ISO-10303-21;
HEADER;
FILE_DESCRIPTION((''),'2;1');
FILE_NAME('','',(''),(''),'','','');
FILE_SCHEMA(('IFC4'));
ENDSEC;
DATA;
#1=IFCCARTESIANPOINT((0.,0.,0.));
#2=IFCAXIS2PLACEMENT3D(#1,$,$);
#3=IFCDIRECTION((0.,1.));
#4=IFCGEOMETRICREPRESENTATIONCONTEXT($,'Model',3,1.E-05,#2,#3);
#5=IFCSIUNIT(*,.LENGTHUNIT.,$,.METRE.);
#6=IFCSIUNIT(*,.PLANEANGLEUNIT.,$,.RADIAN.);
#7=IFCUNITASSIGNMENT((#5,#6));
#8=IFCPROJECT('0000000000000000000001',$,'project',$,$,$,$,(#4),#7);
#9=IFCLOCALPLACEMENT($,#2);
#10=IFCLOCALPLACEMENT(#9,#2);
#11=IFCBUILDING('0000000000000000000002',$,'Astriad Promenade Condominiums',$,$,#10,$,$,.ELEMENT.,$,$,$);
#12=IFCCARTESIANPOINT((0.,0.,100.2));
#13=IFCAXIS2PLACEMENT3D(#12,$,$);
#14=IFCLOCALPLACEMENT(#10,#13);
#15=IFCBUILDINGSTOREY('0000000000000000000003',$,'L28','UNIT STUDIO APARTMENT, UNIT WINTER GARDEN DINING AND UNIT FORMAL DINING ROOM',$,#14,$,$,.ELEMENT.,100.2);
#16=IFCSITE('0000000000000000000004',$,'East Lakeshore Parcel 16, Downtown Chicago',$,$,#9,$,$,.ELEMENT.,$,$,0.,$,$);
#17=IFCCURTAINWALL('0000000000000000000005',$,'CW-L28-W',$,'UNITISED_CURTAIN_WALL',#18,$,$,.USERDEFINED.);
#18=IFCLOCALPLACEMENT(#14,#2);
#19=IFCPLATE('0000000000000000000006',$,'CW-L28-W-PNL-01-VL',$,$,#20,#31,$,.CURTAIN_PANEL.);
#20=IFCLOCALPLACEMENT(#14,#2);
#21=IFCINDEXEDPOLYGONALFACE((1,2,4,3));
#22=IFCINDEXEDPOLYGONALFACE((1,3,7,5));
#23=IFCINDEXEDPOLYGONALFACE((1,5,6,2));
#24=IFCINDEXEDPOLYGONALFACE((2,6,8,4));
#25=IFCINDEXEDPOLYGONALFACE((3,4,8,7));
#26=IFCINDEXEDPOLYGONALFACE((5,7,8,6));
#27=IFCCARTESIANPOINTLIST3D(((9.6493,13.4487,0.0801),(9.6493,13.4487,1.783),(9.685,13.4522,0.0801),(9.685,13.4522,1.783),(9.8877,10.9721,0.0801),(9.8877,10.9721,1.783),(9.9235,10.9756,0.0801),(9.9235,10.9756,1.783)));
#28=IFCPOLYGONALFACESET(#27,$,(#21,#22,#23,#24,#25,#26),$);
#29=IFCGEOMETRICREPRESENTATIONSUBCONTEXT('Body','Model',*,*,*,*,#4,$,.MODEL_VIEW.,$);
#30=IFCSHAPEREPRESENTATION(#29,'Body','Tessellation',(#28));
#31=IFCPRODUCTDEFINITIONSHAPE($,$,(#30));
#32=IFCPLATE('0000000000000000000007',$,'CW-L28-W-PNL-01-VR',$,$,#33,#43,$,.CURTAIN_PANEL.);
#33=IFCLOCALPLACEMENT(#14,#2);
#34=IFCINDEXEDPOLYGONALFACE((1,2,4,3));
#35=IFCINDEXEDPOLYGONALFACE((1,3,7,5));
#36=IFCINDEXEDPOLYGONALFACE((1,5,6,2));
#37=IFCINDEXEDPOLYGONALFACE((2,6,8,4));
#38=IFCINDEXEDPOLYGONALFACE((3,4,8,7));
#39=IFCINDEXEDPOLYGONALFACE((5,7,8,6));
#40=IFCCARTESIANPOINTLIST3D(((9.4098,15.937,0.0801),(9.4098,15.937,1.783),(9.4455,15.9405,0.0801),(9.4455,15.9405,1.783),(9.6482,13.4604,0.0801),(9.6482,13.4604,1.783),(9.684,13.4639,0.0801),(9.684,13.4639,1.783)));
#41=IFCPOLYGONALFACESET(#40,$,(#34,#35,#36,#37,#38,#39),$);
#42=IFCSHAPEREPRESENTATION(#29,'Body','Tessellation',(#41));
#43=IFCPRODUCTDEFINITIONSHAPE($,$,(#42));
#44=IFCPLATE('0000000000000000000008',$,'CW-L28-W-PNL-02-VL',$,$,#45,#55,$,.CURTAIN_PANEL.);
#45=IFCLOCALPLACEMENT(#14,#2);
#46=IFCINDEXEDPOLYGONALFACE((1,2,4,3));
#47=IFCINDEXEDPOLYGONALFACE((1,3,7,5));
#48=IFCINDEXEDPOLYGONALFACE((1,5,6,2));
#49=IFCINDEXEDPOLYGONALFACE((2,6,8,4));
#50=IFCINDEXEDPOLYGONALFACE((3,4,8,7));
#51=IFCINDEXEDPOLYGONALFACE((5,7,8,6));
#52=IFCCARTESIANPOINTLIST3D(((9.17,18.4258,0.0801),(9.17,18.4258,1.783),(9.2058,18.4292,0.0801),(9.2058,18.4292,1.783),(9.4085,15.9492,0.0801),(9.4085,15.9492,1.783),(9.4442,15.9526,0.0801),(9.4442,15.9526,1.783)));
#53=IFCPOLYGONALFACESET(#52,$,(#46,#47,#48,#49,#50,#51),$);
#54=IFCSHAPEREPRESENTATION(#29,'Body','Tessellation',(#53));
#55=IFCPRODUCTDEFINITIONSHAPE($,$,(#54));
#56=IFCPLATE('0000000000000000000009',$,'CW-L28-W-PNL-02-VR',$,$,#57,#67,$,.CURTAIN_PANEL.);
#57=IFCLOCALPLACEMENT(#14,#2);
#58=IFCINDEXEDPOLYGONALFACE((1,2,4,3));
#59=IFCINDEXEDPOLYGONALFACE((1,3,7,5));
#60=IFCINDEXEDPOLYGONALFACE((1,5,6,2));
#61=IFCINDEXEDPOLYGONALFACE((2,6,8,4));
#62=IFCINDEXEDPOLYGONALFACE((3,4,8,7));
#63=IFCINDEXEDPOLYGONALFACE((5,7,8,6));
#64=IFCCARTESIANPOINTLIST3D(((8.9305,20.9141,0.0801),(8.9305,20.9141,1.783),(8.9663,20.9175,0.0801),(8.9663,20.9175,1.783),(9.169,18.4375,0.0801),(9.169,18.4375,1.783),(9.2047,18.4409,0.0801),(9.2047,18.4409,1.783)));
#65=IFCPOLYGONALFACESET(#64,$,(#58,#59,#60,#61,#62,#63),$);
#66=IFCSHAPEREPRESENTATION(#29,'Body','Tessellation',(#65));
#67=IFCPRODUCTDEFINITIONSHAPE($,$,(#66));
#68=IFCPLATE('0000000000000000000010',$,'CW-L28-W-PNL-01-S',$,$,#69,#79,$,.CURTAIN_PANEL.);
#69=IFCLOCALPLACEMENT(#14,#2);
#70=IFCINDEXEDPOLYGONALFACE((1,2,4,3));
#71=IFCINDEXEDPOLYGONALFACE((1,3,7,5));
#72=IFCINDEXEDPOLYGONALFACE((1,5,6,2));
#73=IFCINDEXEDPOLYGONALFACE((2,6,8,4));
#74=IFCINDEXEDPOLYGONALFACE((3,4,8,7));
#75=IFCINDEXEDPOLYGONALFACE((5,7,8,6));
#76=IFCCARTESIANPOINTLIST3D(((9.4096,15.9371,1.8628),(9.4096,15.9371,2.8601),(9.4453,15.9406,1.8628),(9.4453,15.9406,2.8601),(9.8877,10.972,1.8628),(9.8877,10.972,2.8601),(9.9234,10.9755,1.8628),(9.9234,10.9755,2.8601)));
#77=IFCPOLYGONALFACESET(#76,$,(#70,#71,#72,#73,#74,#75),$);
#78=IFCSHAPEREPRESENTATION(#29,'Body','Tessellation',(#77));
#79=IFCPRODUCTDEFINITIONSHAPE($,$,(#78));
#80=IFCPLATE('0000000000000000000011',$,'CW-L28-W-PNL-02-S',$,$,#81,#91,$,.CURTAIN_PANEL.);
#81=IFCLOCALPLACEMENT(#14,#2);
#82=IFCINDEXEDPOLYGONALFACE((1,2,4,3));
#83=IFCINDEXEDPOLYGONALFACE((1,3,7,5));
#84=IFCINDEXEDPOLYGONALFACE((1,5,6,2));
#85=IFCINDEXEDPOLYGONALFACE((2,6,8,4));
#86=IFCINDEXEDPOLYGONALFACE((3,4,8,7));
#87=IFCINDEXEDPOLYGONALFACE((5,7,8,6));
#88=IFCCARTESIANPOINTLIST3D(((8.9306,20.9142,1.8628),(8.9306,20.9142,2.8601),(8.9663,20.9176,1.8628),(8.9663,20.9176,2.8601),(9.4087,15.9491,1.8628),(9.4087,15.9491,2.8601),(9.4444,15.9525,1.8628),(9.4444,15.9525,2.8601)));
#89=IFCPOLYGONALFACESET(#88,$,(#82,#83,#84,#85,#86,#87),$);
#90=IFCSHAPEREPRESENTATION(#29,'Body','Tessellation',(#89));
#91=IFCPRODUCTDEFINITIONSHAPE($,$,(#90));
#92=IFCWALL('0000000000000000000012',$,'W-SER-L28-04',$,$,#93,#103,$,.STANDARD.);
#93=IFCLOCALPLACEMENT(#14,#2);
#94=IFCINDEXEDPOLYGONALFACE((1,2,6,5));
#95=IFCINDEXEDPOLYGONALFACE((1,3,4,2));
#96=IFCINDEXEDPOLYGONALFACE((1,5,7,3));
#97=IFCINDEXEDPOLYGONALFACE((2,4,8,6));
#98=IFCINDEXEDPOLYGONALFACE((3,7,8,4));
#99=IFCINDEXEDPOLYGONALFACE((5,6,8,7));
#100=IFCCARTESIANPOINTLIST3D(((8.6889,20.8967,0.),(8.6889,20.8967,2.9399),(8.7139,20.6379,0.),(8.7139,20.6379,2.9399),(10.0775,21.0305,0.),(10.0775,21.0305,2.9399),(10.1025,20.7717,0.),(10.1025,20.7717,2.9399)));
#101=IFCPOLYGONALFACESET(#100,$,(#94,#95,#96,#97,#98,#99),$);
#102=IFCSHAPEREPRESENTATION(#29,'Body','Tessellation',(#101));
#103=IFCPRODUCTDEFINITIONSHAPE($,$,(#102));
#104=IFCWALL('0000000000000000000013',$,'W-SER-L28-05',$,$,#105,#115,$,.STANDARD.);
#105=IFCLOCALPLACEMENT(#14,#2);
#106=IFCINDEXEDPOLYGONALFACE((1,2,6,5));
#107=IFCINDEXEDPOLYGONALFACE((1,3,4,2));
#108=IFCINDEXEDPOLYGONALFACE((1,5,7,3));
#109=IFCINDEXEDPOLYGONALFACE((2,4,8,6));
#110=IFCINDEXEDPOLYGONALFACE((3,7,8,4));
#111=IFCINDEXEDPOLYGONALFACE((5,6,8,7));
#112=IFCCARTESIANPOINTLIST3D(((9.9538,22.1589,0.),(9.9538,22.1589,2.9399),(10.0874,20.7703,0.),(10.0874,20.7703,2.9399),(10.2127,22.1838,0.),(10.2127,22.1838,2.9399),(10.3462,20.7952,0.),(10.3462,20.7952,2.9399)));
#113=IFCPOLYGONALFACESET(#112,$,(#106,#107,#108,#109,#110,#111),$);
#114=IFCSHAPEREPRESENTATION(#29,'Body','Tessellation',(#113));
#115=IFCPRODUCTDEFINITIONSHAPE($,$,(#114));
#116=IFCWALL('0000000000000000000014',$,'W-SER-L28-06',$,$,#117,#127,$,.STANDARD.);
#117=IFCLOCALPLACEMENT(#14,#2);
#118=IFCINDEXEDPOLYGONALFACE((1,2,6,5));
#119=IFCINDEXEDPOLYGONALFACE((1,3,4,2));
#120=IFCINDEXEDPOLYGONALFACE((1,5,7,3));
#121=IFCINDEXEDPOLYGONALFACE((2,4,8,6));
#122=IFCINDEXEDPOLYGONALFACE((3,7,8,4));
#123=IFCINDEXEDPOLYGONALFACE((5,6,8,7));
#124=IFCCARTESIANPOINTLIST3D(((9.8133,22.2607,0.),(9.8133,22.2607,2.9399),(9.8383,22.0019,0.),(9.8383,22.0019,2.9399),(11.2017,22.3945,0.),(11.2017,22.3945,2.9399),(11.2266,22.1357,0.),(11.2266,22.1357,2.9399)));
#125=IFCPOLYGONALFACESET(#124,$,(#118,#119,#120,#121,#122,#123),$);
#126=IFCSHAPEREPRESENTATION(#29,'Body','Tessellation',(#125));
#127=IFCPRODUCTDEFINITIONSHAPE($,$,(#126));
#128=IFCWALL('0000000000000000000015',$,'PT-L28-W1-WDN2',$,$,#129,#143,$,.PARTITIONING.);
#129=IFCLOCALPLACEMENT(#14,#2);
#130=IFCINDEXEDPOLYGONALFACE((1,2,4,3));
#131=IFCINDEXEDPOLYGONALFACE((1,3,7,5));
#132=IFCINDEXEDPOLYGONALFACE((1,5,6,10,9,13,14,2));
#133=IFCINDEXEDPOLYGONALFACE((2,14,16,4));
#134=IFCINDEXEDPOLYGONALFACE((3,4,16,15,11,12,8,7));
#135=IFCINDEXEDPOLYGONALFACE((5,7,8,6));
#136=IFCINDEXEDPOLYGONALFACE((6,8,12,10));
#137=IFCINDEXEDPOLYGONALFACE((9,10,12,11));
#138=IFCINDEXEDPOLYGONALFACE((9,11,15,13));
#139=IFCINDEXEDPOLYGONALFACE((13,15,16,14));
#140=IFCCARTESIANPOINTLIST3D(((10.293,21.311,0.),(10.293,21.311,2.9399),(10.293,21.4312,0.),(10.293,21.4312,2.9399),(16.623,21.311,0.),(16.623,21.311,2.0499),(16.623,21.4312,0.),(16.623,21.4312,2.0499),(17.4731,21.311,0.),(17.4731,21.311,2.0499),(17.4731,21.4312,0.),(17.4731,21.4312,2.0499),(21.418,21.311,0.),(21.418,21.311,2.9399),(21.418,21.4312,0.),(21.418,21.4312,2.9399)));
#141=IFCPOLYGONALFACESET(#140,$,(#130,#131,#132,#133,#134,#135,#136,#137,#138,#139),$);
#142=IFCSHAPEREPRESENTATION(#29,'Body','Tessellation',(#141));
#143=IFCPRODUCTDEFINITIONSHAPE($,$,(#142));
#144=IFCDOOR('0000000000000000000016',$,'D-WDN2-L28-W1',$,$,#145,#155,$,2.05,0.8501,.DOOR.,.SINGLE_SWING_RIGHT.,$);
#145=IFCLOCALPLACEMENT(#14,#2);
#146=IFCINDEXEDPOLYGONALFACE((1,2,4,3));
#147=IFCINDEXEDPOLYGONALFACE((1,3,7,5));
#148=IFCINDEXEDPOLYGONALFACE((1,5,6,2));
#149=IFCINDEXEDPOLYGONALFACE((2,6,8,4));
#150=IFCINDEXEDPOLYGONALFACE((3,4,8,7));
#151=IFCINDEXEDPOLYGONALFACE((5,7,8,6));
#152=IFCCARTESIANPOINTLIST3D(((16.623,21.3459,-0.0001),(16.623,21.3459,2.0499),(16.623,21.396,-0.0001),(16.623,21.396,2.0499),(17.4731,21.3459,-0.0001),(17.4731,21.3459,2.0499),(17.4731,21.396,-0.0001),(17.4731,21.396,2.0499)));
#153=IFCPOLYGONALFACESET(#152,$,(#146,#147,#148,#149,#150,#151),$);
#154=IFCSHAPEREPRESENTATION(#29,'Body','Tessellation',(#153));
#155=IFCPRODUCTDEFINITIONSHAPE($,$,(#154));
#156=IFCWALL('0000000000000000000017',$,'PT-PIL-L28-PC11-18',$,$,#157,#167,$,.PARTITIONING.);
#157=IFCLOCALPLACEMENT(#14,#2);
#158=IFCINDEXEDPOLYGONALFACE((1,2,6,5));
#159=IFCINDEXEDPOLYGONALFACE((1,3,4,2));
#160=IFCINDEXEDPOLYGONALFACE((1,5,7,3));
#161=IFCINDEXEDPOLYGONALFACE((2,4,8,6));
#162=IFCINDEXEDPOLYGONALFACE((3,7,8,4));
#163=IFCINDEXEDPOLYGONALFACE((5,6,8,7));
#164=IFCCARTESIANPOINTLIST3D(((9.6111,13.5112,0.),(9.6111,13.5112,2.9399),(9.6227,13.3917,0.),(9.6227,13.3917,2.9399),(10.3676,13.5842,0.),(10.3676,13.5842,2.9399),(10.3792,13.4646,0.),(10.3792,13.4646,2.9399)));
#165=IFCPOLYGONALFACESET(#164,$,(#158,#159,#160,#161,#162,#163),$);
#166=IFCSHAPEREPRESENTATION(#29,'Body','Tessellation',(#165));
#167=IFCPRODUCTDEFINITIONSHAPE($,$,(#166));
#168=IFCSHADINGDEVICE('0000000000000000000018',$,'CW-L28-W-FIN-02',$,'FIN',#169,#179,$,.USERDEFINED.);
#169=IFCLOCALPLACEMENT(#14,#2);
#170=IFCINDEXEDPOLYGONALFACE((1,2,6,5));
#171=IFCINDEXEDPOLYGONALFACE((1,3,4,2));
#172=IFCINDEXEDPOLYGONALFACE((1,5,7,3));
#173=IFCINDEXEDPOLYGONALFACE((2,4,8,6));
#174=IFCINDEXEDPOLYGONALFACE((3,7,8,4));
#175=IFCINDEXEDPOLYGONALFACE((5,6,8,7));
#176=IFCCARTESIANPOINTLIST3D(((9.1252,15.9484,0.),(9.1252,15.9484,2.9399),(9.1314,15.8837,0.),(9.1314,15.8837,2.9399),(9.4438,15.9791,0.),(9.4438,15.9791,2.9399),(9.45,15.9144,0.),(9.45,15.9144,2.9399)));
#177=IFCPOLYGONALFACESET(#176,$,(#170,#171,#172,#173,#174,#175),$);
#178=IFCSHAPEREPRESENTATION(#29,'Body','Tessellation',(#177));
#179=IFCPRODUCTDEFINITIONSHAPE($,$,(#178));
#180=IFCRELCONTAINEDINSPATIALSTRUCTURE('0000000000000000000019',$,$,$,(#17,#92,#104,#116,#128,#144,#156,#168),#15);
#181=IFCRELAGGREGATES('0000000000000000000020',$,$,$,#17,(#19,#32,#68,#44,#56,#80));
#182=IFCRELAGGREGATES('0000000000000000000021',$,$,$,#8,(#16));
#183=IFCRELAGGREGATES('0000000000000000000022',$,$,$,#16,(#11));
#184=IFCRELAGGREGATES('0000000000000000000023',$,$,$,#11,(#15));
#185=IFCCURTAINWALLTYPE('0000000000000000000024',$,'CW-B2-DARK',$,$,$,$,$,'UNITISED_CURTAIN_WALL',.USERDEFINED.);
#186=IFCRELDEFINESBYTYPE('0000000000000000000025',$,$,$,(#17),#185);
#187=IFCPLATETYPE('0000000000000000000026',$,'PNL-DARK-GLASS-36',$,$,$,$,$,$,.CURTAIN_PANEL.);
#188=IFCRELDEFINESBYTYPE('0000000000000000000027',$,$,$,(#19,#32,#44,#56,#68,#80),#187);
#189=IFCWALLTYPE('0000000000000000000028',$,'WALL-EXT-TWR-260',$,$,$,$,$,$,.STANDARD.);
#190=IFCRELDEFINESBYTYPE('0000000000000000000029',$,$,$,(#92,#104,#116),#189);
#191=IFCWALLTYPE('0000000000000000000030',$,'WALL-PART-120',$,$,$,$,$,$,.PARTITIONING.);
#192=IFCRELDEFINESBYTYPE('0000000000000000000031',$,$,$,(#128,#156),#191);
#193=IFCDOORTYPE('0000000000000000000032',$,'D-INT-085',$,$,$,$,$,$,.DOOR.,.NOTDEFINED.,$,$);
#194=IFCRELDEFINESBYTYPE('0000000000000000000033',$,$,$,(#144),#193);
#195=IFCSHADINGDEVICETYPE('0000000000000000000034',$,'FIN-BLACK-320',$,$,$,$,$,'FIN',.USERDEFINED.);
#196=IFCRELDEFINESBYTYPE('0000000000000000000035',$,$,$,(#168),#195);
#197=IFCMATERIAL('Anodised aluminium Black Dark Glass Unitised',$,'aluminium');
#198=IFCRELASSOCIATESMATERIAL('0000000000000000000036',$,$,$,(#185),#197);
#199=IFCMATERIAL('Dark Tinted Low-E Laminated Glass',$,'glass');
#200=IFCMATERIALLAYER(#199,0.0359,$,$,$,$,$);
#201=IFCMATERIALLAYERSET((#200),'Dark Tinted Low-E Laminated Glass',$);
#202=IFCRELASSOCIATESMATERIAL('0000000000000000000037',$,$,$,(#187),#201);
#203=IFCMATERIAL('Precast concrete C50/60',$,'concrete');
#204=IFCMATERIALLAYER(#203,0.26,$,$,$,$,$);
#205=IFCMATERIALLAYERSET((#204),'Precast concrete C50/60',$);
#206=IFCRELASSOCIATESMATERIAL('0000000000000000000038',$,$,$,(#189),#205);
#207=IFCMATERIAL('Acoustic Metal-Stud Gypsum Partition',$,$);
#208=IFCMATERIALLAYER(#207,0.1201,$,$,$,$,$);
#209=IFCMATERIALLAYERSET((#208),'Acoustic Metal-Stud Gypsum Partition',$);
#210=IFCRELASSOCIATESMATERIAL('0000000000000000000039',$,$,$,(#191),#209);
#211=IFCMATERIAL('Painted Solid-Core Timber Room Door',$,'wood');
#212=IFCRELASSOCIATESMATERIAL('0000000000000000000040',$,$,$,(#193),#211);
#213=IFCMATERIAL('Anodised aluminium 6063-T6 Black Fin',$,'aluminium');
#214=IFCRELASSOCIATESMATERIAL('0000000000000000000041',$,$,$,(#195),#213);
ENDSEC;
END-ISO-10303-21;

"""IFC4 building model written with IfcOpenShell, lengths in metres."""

from ifc_helpers import new_model, si_unit, direction, frame, frame_2d, origin, origin_2d, place, context, subcontext, project, spatial, rectangle, extrude, source, transform, mapped, material, layer, layer_set, type_object, type_shapes, element, fill, aggregate, save


model = new_model("IFC4")

# Units and contexts
model_context = context("Model", 3, precision=1e-05, world=origin(), true_north=direction((0.0, 1.0)))
body_context = subcontext(model_context, "Body", "Model", "MODEL_VIEW")
ifc_project = project(units=[si_unit("LENGTHUNIT", "METRE"), si_unit("PLANEANGLEUNIT", "RADIAN")], contexts=[model_context])

# Site, building, storey
site_placement = place(None, origin())
site = spatial("IfcSite", under=ifc_project, at=site_placement, Name="East Lakeshore Parcel 16, Downtown Chicago", CompositionType="ELEMENT", RefElevation=0.0)
building_placement = place(site_placement, origin())
building = spatial("IfcBuilding", under=site, at=building_placement, Name="Astriad Promenade Condominiums", CompositionType="ELEMENT")
storey_placement = place(building_placement, frame((0.0, 0.0, 100.2)))
storey = spatial("IfcBuildingStorey", under=building, at=storey_placement, Name="L28", Description="UNIT STUDIO APARTMENT, UNIT WINTER GARDEN DINING AND UNIT FORMAL DINING ROOM", CompositionType="ELEMENT", Elevation=100.2)

# Curtain wall, plates
ifc_material_1 = material(Name="Anodised aluminium Black Dark Glass Unitised", Category="aluminium")
curtain_wall_type = type_object("IfcCurtainWallType", Name="CW-B2-DARK", ElementType="UNITISED_CURTAIN_WALL", PredefinedType="USERDEFINED", material=ifc_material_1)
curtain_wall_placement = place(storey_placement, origin())
curtain_wall = element("IfcCurtainWall", 1, at=curtain_wall_placement, inside=storey, type_object=curtain_wall_type, Name="CW-L28-W", ObjectType="UNITISED_CURTAIN_WALL", PredefinedType="USERDEFINED")
ifc_material_2 = material(Name="Dark Tinted Low-E Laminated Glass", Category="glass")
ifc_layer_1 = layer(ifc_material_2, 0.0359)
ifc_layer_set_1 = layer_set([ifc_layer_1], Name="Dark Tinted Low-E Laminated Glass")
plate_type = type_object("IfcPlateType", Name="PNL-DARK-GLASS-36", PredefinedType="CURTAIN_PANEL", material=ifc_layer_set_1)
shared_shape_1 = source(origin(), body_context, "Body", "SweptSolid", [
    extrude(rectangle(XDim=2.488, YDim=0.0359, at=origin_2d()), origin(), (0.0, 0.0, 1.0), 1.7029),
])
plate_1_placement = place(storey_placement, frame((9.7864, 12.2122, 0.0801), z_axis=(0.0, 0.0, 1.0), x_axis=(-0.095846, 0.995396, 0.0)))
plate_1 = element("IfcPlate", 2, at=plate_1_placement, type_object=plate_type, Name="CW-L28-W-PNL-01-VL", PredefinedType="CURTAIN_PANEL", context=body_context, shape_type="MappedRepresentation", body=[
    mapped(shared_shape_1, transform((0.0, 0.0, 0.0), scale=1.0)),
])
plate_2_placement = place(storey_placement, frame((9.5469, 14.7004, 0.0801), z_axis=(0.0, 0.0, 1.0), x_axis=(-0.095846, 0.995396, 0.0)))
plate_2 = element("IfcPlate", 3, at=plate_2_placement, type_object=plate_type, Name="CW-L28-W-PNL-01-VR", PredefinedType="CURTAIN_PANEL", context=body_context, shape_type="MappedRepresentation", body=[
    mapped(shared_shape_1, transform((0.0, 0.0, 0.0), scale=1.0)),
])
plate_3_placement = place(storey_placement, frame((9.3071, 17.1892, 0.0801), z_axis=(0.0, 0.0, 1.0), x_axis=(-0.095846, 0.995396, 0.0)))
plate_3 = element("IfcPlate", 4, at=plate_3_placement, type_object=plate_type, Name="CW-L28-W-PNL-02-VL", PredefinedType="CURTAIN_PANEL", context=body_context, shape_type="MappedRepresentation", body=[
    mapped(shared_shape_1, transform((0.0, 0.0, 0.0), scale=1.0)),
])
plate_4_placement = place(storey_placement, frame((9.0676, 19.6775, 0.0801), z_axis=(0.0, 0.0, 1.0), x_axis=(-0.095846, 0.995396, 0.0)))
plate_4 = element("IfcPlate", 5, at=plate_4_placement, type_object=plate_type, Name="CW-L28-W-PNL-02-VR", PredefinedType="CURTAIN_PANEL", context=body_context, shape_type="MappedRepresentation", body=[
    mapped(shared_shape_1, transform((0.0, 0.0, 0.0), scale=1.0)),
])
shared_shape_2 = source(origin(), body_context, "Body", "SweptSolid", [
    extrude(rectangle(XDim=4.988, YDim=0.0359, at=origin_2d()), origin(), (0.0, 0.0, 1.0), 0.9973),
])
type_shapes(plate_type, [shared_shape_1, shared_shape_2])
plate_5_placement = place(storey_placement, frame((9.6665, 13.4563, 1.8628), z_axis=(0.0, 0.0, 1.0), x_axis=(-0.095846, 0.995396, 0.0)))
plate_5 = element("IfcPlate", 6, at=plate_5_placement, type_object=plate_type, Name="CW-L28-W-PNL-01-S", PredefinedType="CURTAIN_PANEL", context=body_context, shape_type="MappedRepresentation", body=[
    mapped(shared_shape_2, transform((0.0, 0.0, 0.0), scale=1.0)),
])
plate_6_placement = place(storey_placement, frame((9.1875, 18.4333, 1.8628), z_axis=(0.0, 0.0, 1.0), x_axis=(-0.095846, 0.995396, 0.0)))
plate_6 = element("IfcPlate", 7, at=plate_6_placement, type_object=plate_type, Name="CW-L28-W-PNL-02-S", PredefinedType="CURTAIN_PANEL", context=body_context, shape_type="MappedRepresentation", body=[
    mapped(shared_shape_2, transform((0.0, 0.0, 0.0), scale=1.0)),
])
aggregate(curtain_wall, [plate_1, plate_2, plate_5, plate_3, plate_4, plate_6])

# Walls
ifc_material_3 = material(Name="Precast concrete C50/60", Category="concrete")
ifc_layer_2 = layer(ifc_material_3, 0.26)
ifc_layer_set_2 = layer_set([ifc_layer_2], Name="Precast concrete C50/60")
wall_type_1 = type_object("IfcWallType", Name="WALL-EXT-TWR-260", PredefinedType="STANDARD", material=ifc_layer_set_2)
for number, where, z_axis, x_axis, name in (
    (8, (8.7014, 20.7673, 0.0), (0.0, 0.0, 1.0), (0.995391, 0.095899, 0.0), "W-SER-L28-04"),
    (9, (10.2168, 20.7827, 0.0), (0.0, 0.0, 1.0), (-0.095726, 0.995408, 0.0), "W-SER-L28-05"),
):
    element("IfcWall", number, at=place(storey_placement, frame(where, z_axis=z_axis, x_axis=x_axis)), inside=storey, type_object=wall_type_1, Name=name, PredefinedType="STANDARD", context=body_context, shape_type="SweptSolid", body=[
        extrude(rectangle(XDim=1.395, YDim=0.26, at=frame_2d((0.6975, 0.0))), origin(), (0.0, 0.0, 1.0), 2.9399),
    ])
wall_1_placement = place(storey_placement, frame((9.8259, 22.1313, 0.0), z_axis=(0.0, 0.0, 1.0), x_axis=(0.995389, 0.095916, 0.0)))
element("IfcWall", 10, at=wall_1_placement, inside=storey, type_object=wall_type_1, Name="W-SER-L28-06", PredefinedType="STANDARD", context=body_context, shape_type="SweptSolid", body=[
    extrude(rectangle(XDim=1.3948, YDim=0.26, at=frame_2d((0.6973, 0.0))), origin(), (0.0, 0.0, 1.0), 2.9399),
])

# Wall, opening, door
ifc_material_4 = material(Name="Acoustic Metal-Stud Gypsum Partition")
ifc_layer_3 = layer(ifc_material_4, 0.1201)
ifc_layer_set_3 = layer_set([ifc_layer_3], Name="Acoustic Metal-Stud Gypsum Partition")
wall_type_2 = type_object("IfcWallType", Name="WALL-PART-120", PredefinedType="PARTITIONING", material=ifc_layer_set_3)
wall_2_placement = place(storey_placement, frame((10.293, 21.3711, 0.0), z_axis=(0.0, 0.0, 1.0), x_axis=(1.0, 0.0, 0.0)))
wall_2 = element("IfcWall", 11, at=wall_2_placement, inside=storey, type_object=wall_type_2, Name="PT-L28-W1-WDN2", PredefinedType="PARTITIONING", context=body_context, shape_type="SweptSolid", body=[
    extrude(rectangle(XDim=11.125, YDim=0.1201, at=frame_2d((5.5625, 0.0))), origin(), (0.0, 0.0, 1.0), 2.9399),
])
opening_placement = place(wall_2_placement, frame((6.3301, 0.0, 0.0)))
opening = element("IfcOpeningElement", 12, at=opening_placement, cuts=wall_2, PredefinedType="OPENING", context=body_context, shape_type="SweptSolid", body=[
    extrude(rectangle(XDim=0.8501, YDim=2.05, at=frame_2d((0.425, 1.0249))), frame((0.0, 0.0701, 0.0), z_axis=(0.0, -1.0, 0.0), x_axis=(1.0, 0.0, 0.0)), (0.0, 0.0, 1.0), 0.1401),
])
ifc_material_5 = material(Name="Painted Solid-Core Timber Room Door", Category="wood")
door_type = type_object("IfcDoorType", Name="D-INT-085", OperationType="NOTDEFINED", PredefinedType="DOOR", material=ifc_material_5)
shared_shape_3 = source(origin(), body_context, "Body", "SweptSolid", [
    extrude(rectangle(XDim=0.8501, YDim=2.05, at=frame_2d((0.425, 1.0249))), frame((0.0, 0.0249, 0.0), z_axis=(0.0, -1.0, 0.0), x_axis=(1.0, 0.0, 0.0)), (0.0, 0.0, 1.0), 0.05),
])
type_shapes(door_type, [shared_shape_3])
door_placement = place(opening_placement, origin())
door = element("IfcDoor", 13, at=door_placement, inside=storey, type_object=door_type, Name="D-WDN2-L28-W1", OperationType="SINGLE_SWING_RIGHT", OverallHeight=2.05, OverallWidth=0.8501, PredefinedType="DOOR", context=body_context, shape_type="MappedRepresentation", body=[
    mapped(shared_shape_3, transform((0.0, 0.0, 0.0), scale=1.0)),
])
fill(opening, door)

# Wall
wall_3_placement = place(storey_placement, frame((10.3733, 13.5244, 0.0), z_axis=(0.0, 0.0, 1.0), x_axis=(-0.995378, -0.096037, 0.0)))
element("IfcWall", 14, at=wall_3_placement, inside=storey, type_object=wall_type_2, Name="PT-PIL-L28-PC11-18", PredefinedType="PARTITIONING", context=body_context, shape_type="SweptSolid", body=[
    extrude(rectangle(XDim=0.76, YDim=0.1201, at=frame_2d((0.3799, 0.0))), origin(), (0.0, 0.0, 1.0), 2.9399),
])

# Shading device
ifc_material_6 = material(Name="Anodised aluminium 6063-T6 Black Fin", Category="aluminium")
shading_device_type = type_object("IfcShadingDeviceType", Name="FIN-BLACK-320", ElementType="FIN", PredefinedType="USERDEFINED", material=ifc_material_6)
shared_shape_4 = source(origin(), body_context, "Body", "SweptSolid", [
    extrude(rectangle(XDim=0.0649, YDim=0.3201, at=origin_2d()), origin(), (0.0, 0.0, 1.0), 2.9399),
])
type_shapes(shading_device_type, [shared_shape_4])
shading_device_placement = place(storey_placement, frame((9.2876, 15.9314, 0.0), z_axis=(0.0, 0.0, 1.0), x_axis=(-0.095846, 0.995396, 0.0)))
element("IfcShadingDevice", 15, at=shading_device_placement, inside=storey, type_object=shading_device_type, Name="CW-L28-W-FIN-02", ObjectType="FIN", PredefinedType="USERDEFINED", context=body_context, shape_type="MappedRepresentation", body=[
    mapped(shared_shape_4, transform((0.0, 0.0, 0.0), scale=1.0)),
])

save(model, "model.ifc")
